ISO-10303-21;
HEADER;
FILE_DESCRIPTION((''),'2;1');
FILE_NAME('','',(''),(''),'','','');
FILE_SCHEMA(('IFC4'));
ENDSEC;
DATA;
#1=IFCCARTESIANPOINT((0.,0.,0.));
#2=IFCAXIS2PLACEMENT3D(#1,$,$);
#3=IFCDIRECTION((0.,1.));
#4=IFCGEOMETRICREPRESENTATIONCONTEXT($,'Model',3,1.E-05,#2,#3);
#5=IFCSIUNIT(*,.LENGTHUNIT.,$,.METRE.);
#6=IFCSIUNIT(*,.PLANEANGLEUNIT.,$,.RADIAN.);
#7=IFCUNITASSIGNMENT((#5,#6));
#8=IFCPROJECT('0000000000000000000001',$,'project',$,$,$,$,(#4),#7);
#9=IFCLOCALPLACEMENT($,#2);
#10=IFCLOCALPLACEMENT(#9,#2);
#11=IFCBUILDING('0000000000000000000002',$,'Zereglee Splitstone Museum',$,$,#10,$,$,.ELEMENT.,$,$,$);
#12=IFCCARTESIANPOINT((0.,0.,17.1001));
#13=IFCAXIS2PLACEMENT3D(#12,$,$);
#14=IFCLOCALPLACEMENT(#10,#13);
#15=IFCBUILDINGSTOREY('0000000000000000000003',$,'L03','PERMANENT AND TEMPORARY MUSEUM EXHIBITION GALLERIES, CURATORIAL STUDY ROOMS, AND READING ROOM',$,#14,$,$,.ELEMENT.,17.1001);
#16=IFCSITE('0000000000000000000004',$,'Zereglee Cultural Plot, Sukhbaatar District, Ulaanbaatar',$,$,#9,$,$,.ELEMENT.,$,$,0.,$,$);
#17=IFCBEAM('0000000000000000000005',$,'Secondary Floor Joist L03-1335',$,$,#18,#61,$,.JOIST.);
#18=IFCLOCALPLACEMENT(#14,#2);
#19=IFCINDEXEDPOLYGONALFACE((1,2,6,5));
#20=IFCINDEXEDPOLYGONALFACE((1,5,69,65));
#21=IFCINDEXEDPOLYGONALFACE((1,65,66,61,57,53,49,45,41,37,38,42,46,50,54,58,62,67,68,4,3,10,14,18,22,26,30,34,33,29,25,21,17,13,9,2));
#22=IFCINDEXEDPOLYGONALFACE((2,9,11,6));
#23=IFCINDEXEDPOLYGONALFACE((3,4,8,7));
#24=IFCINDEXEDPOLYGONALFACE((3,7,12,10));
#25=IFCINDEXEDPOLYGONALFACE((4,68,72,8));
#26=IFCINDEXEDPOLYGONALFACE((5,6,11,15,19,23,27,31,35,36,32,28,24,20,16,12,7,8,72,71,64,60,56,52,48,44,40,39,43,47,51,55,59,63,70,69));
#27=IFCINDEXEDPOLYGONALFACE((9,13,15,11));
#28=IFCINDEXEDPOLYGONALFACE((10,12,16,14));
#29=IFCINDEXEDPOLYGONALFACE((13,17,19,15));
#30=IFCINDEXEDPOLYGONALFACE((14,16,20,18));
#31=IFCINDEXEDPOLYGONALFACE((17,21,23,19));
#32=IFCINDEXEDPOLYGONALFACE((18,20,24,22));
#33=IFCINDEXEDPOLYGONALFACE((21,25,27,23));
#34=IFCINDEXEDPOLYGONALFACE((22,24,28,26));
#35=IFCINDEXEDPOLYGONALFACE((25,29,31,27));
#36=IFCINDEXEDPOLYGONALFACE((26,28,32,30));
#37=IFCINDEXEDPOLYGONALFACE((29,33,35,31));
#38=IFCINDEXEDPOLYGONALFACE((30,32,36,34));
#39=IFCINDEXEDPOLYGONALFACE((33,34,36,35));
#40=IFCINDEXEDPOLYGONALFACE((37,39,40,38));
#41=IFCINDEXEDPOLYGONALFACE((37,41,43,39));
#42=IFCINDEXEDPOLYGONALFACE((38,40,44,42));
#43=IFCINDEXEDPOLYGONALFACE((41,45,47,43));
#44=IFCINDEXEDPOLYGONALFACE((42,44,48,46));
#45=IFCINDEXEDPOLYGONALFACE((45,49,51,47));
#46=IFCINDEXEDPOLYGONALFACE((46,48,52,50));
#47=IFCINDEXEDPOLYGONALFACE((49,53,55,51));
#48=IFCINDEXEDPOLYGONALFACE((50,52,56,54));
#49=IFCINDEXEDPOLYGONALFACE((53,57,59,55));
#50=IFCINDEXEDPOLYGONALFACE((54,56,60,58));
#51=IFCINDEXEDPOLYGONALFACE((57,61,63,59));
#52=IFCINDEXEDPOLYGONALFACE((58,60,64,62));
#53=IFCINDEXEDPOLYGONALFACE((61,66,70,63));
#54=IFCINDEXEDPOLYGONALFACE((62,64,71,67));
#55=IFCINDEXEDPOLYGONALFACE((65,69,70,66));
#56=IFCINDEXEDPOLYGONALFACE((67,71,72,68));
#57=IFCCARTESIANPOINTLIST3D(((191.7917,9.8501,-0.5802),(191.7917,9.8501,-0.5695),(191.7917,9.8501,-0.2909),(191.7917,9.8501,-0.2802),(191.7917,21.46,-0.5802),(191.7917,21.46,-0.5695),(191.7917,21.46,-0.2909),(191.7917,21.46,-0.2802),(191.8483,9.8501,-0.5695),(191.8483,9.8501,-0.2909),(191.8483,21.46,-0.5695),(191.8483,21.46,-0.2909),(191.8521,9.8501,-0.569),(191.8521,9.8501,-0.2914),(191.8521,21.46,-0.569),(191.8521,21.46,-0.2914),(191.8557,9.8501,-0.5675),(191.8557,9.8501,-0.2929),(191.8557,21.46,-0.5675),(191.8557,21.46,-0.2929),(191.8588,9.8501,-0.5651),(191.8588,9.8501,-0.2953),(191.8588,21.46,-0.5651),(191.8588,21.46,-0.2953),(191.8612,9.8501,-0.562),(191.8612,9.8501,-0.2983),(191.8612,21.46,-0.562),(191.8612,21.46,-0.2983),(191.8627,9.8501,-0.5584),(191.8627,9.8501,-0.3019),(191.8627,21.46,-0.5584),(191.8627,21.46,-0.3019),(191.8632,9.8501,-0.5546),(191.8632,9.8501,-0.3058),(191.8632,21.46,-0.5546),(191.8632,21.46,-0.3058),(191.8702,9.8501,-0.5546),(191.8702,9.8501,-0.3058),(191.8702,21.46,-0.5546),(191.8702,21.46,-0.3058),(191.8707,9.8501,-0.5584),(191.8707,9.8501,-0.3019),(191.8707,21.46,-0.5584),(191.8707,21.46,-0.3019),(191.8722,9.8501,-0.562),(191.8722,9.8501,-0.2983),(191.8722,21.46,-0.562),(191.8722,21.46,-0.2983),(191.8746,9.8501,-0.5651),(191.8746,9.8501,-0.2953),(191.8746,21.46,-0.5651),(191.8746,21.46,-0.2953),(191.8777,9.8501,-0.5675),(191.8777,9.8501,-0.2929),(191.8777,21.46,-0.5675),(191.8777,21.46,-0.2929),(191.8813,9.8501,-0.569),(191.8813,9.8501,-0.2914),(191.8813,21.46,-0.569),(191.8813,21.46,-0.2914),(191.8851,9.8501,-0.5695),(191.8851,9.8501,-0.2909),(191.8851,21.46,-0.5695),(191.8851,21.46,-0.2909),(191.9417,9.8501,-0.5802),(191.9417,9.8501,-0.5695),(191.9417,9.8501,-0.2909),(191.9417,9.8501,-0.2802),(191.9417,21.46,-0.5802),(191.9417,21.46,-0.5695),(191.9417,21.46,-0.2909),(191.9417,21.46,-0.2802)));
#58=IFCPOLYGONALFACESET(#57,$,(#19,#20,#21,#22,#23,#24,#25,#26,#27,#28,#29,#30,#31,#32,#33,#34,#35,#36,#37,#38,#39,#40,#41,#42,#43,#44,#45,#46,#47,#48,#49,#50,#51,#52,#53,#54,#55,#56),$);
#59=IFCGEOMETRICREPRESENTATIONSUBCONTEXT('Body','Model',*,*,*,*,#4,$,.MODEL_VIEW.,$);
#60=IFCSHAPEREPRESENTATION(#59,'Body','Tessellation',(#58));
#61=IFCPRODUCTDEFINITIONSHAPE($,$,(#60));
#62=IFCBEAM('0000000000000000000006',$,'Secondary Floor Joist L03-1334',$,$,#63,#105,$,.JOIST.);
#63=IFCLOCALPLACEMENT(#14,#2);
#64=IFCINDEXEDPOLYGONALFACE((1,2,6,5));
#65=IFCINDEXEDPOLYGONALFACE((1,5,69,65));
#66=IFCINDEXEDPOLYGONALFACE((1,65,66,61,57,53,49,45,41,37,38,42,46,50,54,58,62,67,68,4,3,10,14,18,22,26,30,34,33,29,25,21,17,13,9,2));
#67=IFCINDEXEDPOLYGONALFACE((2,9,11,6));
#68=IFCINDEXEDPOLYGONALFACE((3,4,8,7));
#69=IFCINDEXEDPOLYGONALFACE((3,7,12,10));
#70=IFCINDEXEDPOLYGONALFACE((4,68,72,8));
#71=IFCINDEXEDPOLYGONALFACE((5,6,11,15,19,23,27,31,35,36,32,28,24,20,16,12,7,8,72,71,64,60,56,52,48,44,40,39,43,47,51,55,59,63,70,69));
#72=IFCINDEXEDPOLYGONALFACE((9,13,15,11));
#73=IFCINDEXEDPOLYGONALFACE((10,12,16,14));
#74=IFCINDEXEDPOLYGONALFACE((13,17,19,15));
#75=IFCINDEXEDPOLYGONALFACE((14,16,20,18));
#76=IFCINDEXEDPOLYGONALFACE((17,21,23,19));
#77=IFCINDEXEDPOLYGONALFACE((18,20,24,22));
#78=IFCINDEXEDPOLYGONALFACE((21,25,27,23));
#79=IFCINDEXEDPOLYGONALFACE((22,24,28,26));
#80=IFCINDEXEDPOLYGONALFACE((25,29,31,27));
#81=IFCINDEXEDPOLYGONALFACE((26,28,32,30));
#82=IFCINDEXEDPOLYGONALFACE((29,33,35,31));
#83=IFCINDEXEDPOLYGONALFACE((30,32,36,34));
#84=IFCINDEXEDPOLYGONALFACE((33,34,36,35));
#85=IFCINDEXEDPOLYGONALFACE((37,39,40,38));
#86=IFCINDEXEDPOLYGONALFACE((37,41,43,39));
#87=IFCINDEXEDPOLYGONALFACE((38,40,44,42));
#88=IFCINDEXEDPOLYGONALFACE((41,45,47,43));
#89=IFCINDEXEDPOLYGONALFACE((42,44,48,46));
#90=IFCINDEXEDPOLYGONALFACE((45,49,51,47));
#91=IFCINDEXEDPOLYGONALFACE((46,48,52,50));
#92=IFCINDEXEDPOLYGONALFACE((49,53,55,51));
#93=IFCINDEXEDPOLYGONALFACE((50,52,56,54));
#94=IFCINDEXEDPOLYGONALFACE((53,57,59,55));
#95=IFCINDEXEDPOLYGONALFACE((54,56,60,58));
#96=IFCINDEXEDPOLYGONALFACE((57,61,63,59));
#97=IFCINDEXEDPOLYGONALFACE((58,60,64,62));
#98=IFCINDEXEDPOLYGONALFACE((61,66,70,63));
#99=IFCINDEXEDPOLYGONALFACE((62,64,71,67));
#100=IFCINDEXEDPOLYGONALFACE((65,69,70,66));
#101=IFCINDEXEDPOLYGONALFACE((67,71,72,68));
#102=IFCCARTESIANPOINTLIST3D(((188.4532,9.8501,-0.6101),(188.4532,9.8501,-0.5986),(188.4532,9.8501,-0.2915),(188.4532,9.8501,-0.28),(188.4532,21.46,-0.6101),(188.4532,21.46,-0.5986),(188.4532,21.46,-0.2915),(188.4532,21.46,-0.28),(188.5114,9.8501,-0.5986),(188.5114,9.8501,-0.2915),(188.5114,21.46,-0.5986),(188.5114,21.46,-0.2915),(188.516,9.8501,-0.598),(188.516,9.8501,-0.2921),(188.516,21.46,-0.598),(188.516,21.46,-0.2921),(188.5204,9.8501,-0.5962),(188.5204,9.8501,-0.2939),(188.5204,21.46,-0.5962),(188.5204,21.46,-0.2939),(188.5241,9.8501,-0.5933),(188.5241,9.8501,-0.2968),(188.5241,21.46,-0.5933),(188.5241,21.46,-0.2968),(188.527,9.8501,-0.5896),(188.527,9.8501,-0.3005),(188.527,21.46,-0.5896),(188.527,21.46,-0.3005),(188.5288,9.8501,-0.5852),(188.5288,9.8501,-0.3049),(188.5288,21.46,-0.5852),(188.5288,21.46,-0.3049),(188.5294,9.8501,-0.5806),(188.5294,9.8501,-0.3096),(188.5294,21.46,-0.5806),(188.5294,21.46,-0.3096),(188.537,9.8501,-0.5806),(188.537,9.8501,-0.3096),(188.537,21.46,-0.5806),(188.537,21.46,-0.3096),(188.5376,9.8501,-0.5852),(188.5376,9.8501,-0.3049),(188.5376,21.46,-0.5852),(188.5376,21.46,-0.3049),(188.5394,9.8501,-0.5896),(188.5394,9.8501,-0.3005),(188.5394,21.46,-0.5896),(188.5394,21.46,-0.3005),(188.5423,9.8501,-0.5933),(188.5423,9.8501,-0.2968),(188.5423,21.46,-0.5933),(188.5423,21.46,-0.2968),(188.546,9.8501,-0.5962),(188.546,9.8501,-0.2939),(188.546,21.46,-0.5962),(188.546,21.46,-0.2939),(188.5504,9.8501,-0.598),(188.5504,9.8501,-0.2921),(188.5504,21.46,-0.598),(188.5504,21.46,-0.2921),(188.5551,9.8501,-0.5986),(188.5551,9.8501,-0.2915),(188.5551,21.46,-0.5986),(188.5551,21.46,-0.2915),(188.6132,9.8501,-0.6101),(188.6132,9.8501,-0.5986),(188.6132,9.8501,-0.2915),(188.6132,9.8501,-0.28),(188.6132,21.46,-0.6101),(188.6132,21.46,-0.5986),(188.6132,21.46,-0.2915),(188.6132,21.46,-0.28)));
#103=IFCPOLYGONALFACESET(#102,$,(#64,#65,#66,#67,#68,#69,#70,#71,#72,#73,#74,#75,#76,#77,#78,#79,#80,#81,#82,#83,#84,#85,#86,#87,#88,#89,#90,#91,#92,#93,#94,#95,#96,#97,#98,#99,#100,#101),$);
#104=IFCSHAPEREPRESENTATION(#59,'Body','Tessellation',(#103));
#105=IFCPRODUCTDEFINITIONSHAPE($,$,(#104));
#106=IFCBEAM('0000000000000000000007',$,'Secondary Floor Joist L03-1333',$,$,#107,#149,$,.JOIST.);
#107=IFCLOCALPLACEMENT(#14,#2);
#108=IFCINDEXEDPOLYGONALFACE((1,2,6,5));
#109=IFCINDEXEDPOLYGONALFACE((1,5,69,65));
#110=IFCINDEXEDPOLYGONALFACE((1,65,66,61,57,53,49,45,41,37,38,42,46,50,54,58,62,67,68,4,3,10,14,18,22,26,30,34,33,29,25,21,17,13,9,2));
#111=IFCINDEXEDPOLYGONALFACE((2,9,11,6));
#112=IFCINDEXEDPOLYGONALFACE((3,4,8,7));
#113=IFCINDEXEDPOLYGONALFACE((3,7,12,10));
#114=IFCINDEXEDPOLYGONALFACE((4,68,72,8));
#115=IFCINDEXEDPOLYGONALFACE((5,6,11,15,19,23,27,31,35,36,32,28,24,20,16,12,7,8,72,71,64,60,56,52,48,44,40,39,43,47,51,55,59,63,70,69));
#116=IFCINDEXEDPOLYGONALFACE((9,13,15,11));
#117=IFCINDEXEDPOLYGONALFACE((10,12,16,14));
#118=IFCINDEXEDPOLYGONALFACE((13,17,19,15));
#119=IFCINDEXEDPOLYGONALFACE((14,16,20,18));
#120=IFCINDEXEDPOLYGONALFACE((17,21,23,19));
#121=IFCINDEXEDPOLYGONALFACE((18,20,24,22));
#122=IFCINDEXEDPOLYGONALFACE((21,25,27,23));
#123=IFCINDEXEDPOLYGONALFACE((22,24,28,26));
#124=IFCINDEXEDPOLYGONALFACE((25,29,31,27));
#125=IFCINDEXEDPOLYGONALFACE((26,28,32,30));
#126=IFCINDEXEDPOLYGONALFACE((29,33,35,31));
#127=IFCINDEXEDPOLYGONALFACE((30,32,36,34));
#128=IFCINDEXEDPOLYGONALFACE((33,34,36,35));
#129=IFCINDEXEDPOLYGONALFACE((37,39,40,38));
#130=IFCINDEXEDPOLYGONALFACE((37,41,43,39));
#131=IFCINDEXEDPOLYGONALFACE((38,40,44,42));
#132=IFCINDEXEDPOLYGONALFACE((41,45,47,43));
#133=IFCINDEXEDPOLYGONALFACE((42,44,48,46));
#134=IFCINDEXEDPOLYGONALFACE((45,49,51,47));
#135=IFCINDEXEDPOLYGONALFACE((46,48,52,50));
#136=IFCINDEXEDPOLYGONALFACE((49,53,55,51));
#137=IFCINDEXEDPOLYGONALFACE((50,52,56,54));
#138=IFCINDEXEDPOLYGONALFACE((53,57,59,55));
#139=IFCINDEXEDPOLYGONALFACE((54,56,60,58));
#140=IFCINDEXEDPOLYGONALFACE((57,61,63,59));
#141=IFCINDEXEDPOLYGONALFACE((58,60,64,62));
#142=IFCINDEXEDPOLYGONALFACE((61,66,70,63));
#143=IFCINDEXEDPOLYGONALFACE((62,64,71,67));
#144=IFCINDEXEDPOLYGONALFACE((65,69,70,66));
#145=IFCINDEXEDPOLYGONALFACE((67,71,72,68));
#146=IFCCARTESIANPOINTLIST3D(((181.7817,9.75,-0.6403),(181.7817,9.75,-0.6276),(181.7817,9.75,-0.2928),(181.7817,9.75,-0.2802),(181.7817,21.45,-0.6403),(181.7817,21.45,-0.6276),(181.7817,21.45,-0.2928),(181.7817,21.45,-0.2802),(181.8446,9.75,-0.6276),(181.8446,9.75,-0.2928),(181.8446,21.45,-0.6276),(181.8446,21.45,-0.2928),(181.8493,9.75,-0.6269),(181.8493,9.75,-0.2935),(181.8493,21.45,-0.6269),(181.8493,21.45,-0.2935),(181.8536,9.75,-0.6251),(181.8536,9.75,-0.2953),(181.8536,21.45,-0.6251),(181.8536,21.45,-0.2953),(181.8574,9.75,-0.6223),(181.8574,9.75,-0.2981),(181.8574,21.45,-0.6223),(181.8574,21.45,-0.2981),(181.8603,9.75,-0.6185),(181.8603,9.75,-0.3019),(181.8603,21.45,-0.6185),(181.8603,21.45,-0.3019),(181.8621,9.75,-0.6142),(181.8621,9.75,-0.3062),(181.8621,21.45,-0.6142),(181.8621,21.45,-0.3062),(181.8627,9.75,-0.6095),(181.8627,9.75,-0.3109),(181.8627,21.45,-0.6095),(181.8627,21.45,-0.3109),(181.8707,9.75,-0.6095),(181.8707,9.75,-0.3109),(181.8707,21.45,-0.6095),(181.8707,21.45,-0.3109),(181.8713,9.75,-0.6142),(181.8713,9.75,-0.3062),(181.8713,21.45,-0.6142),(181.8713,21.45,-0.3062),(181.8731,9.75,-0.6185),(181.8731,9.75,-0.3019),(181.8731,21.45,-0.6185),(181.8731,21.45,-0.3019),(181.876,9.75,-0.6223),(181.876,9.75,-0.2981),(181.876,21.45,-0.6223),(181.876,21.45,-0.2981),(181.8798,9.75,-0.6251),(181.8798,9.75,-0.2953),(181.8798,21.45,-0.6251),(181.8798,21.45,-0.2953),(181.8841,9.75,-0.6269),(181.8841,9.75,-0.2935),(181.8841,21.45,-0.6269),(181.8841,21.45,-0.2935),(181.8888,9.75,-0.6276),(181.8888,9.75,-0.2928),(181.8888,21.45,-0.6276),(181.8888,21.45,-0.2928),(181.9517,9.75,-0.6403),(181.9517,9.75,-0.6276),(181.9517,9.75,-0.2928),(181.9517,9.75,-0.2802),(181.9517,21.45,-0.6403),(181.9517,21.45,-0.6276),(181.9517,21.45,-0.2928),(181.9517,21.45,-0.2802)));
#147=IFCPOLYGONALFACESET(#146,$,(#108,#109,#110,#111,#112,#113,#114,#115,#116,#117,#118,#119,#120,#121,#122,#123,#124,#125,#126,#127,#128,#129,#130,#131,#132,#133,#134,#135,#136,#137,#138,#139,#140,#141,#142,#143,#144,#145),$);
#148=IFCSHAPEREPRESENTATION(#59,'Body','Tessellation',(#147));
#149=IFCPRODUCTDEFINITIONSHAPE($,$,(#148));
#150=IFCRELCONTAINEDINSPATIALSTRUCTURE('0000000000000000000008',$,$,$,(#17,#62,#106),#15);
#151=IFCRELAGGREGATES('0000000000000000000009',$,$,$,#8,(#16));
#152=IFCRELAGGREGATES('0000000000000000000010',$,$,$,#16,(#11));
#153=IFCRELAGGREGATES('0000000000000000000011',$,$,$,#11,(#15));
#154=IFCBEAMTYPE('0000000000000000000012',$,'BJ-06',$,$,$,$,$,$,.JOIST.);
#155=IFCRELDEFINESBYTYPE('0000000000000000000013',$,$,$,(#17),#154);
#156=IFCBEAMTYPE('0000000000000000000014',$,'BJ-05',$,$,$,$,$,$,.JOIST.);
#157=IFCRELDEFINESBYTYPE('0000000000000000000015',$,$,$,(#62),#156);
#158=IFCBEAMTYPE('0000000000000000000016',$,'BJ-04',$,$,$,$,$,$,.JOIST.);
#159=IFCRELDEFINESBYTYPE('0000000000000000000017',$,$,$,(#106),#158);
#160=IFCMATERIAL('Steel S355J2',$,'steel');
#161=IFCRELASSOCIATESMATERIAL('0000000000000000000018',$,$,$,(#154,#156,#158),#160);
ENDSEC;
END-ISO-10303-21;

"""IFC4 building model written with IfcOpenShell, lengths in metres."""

from ifc_helpers import new_model, si_unit, direction, frame, origin, origin_2d, place, context, subcontext, project, spatial, i_section, extrude, material, material_profile, profile_set, type_object, element, save


model = new_model("IFC4")

# Units and contexts
model_context = context("Model", 3, precision=1e-05, world=origin(), true_north=direction((0.0, 1.0)))
body_context = subcontext(model_context, "Body", "Model", "MODEL_VIEW")
ifc_project = project(units=[si_unit("LENGTHUNIT", "METRE"), si_unit("PLANEANGLEUNIT", "RADIAN")], contexts=[model_context])

# Site, building, storey
site_placement = place(None, origin())
site = spatial("IfcSite", under=ifc_project, at=site_placement, Name="Zereglee Cultural Plot, Sukhbaatar District, Ulaanbaatar", CompositionType="ELEMENT", RefElevation=0.0)
building_placement = place(site_placement, origin())
building = spatial("IfcBuilding", under=site, at=building_placement, Name="Zereglee Splitstone Museum", CompositionType="ELEMENT")
storey_placement = place(building_placement, frame((0.0, 0.0, 17.1001)))
storey = spatial("IfcBuildingStorey", under=building, at=storey_placement, Name="L03", Description="PERMANENT AND TEMPORARY MUSEUM EXHIBITION GALLERIES, CURATORIAL STUDY ROOMS, AND READING ROOM", CompositionType="ELEMENT", Elevation=17.1001)

# Shared definitions
ifc_material_1 = material(Name="Steel S355J2", Category="steel")

# Beams
ifc_material_profile_1 = material_profile(ifc_material_1, i_section(OverallWidth=0.1499, OverallDepth=0.3, WebThickness=0.0071, FlangeThickness=0.0107, FilletRadius=0.0149, at=origin_2d()), Name="IPE 300")
ifc_profile_set_1 = profile_set([ifc_material_profile_1], Name="Steel S355J2")
beam_type_1 = type_object("IfcBeamType", Name="BJ-06", PredefinedType="JOIST", material=ifc_profile_set_1)
beam_1_placement = place(storey_placement, frame((191.8667, 9.8501, -0.4302), z_axis=(0.0, 1.0, 0.0), x_axis=(-1.0, 0.0, 0.0)))
element("IfcBeam", 1, at=beam_1_placement, inside=storey, type_object=beam_type_1, Name="Secondary Floor Joist L03-1335", PredefinedType="JOIST", context=body_context, shape_type="SweptSolid", body=[
    extrude(i_section(OverallWidth=0.1499, OverallDepth=0.3, WebThickness=0.0071, FlangeThickness=0.0107, FilletRadius=0.0149, at=origin_2d()), origin(), (0.0, 0.0, 1.0), 11.6099),
])
ifc_material_profile_2 = material_profile(ifc_material_1, i_section(OverallWidth=0.1599, OverallDepth=0.3301, WebThickness=0.0076, FlangeThickness=0.0115, FilletRadius=0.0181, at=origin_2d()), Name="IPE 330")
ifc_profile_set_2 = profile_set([ifc_material_profile_2], Name="Steel S355J2")
beam_type_2 = type_object("IfcBeamType", Name="BJ-05", PredefinedType="JOIST", material=ifc_profile_set_2)
beam_2_placement = place(storey_placement, frame((188.5332, 9.8501, -0.4451), z_axis=(0.0, 1.0, 0.0), x_axis=(-1.0, 0.0, 0.0)))
element("IfcBeam", 2, at=beam_2_placement, inside=storey, type_object=beam_type_2, Name="Secondary Floor Joist L03-1334", PredefinedType="JOIST", context=body_context, shape_type="SweptSolid", body=[
    extrude(i_section(OverallWidth=0.1599, OverallDepth=0.3301, WebThickness=0.0076, FlangeThickness=0.0115, FilletRadius=0.0181, at=origin_2d()), origin(), (0.0, 0.0, 1.0), 11.6099),
])
ifc_material_profile_3 = material_profile(ifc_material_1, i_section(OverallWidth=0.1699, OverallDepth=0.3601, WebThickness=0.0081, FlangeThickness=0.0127, FilletRadius=0.0181, at=origin_2d()), Name="IPE 360")
ifc_profile_set_3 = profile_set([ifc_material_profile_3], Name="Steel S355J2")
beam_type_3 = type_object("IfcBeamType", Name="BJ-04", PredefinedType="JOIST", material=ifc_profile_set_3)
beam_3_placement = place(storey_placement, frame((181.8667, 9.75, -0.4602), z_axis=(0.0, 1.0, 0.0), x_axis=(-1.0, 0.0, 0.0)))
element("IfcBeam", 3, at=beam_3_placement, inside=storey, type_object=beam_type_3, Name="Secondary Floor Joist L03-1333", PredefinedType="JOIST", context=body_context, shape_type="SweptSolid", body=[
    extrude(i_section(OverallWidth=0.1699, OverallDepth=0.3601, WebThickness=0.0081, FlangeThickness=0.0127, FilletRadius=0.0181, at=origin_2d()), origin(), (0.0, 0.0, 1.0), 11.7),
])

save(model, "model.ifc")
